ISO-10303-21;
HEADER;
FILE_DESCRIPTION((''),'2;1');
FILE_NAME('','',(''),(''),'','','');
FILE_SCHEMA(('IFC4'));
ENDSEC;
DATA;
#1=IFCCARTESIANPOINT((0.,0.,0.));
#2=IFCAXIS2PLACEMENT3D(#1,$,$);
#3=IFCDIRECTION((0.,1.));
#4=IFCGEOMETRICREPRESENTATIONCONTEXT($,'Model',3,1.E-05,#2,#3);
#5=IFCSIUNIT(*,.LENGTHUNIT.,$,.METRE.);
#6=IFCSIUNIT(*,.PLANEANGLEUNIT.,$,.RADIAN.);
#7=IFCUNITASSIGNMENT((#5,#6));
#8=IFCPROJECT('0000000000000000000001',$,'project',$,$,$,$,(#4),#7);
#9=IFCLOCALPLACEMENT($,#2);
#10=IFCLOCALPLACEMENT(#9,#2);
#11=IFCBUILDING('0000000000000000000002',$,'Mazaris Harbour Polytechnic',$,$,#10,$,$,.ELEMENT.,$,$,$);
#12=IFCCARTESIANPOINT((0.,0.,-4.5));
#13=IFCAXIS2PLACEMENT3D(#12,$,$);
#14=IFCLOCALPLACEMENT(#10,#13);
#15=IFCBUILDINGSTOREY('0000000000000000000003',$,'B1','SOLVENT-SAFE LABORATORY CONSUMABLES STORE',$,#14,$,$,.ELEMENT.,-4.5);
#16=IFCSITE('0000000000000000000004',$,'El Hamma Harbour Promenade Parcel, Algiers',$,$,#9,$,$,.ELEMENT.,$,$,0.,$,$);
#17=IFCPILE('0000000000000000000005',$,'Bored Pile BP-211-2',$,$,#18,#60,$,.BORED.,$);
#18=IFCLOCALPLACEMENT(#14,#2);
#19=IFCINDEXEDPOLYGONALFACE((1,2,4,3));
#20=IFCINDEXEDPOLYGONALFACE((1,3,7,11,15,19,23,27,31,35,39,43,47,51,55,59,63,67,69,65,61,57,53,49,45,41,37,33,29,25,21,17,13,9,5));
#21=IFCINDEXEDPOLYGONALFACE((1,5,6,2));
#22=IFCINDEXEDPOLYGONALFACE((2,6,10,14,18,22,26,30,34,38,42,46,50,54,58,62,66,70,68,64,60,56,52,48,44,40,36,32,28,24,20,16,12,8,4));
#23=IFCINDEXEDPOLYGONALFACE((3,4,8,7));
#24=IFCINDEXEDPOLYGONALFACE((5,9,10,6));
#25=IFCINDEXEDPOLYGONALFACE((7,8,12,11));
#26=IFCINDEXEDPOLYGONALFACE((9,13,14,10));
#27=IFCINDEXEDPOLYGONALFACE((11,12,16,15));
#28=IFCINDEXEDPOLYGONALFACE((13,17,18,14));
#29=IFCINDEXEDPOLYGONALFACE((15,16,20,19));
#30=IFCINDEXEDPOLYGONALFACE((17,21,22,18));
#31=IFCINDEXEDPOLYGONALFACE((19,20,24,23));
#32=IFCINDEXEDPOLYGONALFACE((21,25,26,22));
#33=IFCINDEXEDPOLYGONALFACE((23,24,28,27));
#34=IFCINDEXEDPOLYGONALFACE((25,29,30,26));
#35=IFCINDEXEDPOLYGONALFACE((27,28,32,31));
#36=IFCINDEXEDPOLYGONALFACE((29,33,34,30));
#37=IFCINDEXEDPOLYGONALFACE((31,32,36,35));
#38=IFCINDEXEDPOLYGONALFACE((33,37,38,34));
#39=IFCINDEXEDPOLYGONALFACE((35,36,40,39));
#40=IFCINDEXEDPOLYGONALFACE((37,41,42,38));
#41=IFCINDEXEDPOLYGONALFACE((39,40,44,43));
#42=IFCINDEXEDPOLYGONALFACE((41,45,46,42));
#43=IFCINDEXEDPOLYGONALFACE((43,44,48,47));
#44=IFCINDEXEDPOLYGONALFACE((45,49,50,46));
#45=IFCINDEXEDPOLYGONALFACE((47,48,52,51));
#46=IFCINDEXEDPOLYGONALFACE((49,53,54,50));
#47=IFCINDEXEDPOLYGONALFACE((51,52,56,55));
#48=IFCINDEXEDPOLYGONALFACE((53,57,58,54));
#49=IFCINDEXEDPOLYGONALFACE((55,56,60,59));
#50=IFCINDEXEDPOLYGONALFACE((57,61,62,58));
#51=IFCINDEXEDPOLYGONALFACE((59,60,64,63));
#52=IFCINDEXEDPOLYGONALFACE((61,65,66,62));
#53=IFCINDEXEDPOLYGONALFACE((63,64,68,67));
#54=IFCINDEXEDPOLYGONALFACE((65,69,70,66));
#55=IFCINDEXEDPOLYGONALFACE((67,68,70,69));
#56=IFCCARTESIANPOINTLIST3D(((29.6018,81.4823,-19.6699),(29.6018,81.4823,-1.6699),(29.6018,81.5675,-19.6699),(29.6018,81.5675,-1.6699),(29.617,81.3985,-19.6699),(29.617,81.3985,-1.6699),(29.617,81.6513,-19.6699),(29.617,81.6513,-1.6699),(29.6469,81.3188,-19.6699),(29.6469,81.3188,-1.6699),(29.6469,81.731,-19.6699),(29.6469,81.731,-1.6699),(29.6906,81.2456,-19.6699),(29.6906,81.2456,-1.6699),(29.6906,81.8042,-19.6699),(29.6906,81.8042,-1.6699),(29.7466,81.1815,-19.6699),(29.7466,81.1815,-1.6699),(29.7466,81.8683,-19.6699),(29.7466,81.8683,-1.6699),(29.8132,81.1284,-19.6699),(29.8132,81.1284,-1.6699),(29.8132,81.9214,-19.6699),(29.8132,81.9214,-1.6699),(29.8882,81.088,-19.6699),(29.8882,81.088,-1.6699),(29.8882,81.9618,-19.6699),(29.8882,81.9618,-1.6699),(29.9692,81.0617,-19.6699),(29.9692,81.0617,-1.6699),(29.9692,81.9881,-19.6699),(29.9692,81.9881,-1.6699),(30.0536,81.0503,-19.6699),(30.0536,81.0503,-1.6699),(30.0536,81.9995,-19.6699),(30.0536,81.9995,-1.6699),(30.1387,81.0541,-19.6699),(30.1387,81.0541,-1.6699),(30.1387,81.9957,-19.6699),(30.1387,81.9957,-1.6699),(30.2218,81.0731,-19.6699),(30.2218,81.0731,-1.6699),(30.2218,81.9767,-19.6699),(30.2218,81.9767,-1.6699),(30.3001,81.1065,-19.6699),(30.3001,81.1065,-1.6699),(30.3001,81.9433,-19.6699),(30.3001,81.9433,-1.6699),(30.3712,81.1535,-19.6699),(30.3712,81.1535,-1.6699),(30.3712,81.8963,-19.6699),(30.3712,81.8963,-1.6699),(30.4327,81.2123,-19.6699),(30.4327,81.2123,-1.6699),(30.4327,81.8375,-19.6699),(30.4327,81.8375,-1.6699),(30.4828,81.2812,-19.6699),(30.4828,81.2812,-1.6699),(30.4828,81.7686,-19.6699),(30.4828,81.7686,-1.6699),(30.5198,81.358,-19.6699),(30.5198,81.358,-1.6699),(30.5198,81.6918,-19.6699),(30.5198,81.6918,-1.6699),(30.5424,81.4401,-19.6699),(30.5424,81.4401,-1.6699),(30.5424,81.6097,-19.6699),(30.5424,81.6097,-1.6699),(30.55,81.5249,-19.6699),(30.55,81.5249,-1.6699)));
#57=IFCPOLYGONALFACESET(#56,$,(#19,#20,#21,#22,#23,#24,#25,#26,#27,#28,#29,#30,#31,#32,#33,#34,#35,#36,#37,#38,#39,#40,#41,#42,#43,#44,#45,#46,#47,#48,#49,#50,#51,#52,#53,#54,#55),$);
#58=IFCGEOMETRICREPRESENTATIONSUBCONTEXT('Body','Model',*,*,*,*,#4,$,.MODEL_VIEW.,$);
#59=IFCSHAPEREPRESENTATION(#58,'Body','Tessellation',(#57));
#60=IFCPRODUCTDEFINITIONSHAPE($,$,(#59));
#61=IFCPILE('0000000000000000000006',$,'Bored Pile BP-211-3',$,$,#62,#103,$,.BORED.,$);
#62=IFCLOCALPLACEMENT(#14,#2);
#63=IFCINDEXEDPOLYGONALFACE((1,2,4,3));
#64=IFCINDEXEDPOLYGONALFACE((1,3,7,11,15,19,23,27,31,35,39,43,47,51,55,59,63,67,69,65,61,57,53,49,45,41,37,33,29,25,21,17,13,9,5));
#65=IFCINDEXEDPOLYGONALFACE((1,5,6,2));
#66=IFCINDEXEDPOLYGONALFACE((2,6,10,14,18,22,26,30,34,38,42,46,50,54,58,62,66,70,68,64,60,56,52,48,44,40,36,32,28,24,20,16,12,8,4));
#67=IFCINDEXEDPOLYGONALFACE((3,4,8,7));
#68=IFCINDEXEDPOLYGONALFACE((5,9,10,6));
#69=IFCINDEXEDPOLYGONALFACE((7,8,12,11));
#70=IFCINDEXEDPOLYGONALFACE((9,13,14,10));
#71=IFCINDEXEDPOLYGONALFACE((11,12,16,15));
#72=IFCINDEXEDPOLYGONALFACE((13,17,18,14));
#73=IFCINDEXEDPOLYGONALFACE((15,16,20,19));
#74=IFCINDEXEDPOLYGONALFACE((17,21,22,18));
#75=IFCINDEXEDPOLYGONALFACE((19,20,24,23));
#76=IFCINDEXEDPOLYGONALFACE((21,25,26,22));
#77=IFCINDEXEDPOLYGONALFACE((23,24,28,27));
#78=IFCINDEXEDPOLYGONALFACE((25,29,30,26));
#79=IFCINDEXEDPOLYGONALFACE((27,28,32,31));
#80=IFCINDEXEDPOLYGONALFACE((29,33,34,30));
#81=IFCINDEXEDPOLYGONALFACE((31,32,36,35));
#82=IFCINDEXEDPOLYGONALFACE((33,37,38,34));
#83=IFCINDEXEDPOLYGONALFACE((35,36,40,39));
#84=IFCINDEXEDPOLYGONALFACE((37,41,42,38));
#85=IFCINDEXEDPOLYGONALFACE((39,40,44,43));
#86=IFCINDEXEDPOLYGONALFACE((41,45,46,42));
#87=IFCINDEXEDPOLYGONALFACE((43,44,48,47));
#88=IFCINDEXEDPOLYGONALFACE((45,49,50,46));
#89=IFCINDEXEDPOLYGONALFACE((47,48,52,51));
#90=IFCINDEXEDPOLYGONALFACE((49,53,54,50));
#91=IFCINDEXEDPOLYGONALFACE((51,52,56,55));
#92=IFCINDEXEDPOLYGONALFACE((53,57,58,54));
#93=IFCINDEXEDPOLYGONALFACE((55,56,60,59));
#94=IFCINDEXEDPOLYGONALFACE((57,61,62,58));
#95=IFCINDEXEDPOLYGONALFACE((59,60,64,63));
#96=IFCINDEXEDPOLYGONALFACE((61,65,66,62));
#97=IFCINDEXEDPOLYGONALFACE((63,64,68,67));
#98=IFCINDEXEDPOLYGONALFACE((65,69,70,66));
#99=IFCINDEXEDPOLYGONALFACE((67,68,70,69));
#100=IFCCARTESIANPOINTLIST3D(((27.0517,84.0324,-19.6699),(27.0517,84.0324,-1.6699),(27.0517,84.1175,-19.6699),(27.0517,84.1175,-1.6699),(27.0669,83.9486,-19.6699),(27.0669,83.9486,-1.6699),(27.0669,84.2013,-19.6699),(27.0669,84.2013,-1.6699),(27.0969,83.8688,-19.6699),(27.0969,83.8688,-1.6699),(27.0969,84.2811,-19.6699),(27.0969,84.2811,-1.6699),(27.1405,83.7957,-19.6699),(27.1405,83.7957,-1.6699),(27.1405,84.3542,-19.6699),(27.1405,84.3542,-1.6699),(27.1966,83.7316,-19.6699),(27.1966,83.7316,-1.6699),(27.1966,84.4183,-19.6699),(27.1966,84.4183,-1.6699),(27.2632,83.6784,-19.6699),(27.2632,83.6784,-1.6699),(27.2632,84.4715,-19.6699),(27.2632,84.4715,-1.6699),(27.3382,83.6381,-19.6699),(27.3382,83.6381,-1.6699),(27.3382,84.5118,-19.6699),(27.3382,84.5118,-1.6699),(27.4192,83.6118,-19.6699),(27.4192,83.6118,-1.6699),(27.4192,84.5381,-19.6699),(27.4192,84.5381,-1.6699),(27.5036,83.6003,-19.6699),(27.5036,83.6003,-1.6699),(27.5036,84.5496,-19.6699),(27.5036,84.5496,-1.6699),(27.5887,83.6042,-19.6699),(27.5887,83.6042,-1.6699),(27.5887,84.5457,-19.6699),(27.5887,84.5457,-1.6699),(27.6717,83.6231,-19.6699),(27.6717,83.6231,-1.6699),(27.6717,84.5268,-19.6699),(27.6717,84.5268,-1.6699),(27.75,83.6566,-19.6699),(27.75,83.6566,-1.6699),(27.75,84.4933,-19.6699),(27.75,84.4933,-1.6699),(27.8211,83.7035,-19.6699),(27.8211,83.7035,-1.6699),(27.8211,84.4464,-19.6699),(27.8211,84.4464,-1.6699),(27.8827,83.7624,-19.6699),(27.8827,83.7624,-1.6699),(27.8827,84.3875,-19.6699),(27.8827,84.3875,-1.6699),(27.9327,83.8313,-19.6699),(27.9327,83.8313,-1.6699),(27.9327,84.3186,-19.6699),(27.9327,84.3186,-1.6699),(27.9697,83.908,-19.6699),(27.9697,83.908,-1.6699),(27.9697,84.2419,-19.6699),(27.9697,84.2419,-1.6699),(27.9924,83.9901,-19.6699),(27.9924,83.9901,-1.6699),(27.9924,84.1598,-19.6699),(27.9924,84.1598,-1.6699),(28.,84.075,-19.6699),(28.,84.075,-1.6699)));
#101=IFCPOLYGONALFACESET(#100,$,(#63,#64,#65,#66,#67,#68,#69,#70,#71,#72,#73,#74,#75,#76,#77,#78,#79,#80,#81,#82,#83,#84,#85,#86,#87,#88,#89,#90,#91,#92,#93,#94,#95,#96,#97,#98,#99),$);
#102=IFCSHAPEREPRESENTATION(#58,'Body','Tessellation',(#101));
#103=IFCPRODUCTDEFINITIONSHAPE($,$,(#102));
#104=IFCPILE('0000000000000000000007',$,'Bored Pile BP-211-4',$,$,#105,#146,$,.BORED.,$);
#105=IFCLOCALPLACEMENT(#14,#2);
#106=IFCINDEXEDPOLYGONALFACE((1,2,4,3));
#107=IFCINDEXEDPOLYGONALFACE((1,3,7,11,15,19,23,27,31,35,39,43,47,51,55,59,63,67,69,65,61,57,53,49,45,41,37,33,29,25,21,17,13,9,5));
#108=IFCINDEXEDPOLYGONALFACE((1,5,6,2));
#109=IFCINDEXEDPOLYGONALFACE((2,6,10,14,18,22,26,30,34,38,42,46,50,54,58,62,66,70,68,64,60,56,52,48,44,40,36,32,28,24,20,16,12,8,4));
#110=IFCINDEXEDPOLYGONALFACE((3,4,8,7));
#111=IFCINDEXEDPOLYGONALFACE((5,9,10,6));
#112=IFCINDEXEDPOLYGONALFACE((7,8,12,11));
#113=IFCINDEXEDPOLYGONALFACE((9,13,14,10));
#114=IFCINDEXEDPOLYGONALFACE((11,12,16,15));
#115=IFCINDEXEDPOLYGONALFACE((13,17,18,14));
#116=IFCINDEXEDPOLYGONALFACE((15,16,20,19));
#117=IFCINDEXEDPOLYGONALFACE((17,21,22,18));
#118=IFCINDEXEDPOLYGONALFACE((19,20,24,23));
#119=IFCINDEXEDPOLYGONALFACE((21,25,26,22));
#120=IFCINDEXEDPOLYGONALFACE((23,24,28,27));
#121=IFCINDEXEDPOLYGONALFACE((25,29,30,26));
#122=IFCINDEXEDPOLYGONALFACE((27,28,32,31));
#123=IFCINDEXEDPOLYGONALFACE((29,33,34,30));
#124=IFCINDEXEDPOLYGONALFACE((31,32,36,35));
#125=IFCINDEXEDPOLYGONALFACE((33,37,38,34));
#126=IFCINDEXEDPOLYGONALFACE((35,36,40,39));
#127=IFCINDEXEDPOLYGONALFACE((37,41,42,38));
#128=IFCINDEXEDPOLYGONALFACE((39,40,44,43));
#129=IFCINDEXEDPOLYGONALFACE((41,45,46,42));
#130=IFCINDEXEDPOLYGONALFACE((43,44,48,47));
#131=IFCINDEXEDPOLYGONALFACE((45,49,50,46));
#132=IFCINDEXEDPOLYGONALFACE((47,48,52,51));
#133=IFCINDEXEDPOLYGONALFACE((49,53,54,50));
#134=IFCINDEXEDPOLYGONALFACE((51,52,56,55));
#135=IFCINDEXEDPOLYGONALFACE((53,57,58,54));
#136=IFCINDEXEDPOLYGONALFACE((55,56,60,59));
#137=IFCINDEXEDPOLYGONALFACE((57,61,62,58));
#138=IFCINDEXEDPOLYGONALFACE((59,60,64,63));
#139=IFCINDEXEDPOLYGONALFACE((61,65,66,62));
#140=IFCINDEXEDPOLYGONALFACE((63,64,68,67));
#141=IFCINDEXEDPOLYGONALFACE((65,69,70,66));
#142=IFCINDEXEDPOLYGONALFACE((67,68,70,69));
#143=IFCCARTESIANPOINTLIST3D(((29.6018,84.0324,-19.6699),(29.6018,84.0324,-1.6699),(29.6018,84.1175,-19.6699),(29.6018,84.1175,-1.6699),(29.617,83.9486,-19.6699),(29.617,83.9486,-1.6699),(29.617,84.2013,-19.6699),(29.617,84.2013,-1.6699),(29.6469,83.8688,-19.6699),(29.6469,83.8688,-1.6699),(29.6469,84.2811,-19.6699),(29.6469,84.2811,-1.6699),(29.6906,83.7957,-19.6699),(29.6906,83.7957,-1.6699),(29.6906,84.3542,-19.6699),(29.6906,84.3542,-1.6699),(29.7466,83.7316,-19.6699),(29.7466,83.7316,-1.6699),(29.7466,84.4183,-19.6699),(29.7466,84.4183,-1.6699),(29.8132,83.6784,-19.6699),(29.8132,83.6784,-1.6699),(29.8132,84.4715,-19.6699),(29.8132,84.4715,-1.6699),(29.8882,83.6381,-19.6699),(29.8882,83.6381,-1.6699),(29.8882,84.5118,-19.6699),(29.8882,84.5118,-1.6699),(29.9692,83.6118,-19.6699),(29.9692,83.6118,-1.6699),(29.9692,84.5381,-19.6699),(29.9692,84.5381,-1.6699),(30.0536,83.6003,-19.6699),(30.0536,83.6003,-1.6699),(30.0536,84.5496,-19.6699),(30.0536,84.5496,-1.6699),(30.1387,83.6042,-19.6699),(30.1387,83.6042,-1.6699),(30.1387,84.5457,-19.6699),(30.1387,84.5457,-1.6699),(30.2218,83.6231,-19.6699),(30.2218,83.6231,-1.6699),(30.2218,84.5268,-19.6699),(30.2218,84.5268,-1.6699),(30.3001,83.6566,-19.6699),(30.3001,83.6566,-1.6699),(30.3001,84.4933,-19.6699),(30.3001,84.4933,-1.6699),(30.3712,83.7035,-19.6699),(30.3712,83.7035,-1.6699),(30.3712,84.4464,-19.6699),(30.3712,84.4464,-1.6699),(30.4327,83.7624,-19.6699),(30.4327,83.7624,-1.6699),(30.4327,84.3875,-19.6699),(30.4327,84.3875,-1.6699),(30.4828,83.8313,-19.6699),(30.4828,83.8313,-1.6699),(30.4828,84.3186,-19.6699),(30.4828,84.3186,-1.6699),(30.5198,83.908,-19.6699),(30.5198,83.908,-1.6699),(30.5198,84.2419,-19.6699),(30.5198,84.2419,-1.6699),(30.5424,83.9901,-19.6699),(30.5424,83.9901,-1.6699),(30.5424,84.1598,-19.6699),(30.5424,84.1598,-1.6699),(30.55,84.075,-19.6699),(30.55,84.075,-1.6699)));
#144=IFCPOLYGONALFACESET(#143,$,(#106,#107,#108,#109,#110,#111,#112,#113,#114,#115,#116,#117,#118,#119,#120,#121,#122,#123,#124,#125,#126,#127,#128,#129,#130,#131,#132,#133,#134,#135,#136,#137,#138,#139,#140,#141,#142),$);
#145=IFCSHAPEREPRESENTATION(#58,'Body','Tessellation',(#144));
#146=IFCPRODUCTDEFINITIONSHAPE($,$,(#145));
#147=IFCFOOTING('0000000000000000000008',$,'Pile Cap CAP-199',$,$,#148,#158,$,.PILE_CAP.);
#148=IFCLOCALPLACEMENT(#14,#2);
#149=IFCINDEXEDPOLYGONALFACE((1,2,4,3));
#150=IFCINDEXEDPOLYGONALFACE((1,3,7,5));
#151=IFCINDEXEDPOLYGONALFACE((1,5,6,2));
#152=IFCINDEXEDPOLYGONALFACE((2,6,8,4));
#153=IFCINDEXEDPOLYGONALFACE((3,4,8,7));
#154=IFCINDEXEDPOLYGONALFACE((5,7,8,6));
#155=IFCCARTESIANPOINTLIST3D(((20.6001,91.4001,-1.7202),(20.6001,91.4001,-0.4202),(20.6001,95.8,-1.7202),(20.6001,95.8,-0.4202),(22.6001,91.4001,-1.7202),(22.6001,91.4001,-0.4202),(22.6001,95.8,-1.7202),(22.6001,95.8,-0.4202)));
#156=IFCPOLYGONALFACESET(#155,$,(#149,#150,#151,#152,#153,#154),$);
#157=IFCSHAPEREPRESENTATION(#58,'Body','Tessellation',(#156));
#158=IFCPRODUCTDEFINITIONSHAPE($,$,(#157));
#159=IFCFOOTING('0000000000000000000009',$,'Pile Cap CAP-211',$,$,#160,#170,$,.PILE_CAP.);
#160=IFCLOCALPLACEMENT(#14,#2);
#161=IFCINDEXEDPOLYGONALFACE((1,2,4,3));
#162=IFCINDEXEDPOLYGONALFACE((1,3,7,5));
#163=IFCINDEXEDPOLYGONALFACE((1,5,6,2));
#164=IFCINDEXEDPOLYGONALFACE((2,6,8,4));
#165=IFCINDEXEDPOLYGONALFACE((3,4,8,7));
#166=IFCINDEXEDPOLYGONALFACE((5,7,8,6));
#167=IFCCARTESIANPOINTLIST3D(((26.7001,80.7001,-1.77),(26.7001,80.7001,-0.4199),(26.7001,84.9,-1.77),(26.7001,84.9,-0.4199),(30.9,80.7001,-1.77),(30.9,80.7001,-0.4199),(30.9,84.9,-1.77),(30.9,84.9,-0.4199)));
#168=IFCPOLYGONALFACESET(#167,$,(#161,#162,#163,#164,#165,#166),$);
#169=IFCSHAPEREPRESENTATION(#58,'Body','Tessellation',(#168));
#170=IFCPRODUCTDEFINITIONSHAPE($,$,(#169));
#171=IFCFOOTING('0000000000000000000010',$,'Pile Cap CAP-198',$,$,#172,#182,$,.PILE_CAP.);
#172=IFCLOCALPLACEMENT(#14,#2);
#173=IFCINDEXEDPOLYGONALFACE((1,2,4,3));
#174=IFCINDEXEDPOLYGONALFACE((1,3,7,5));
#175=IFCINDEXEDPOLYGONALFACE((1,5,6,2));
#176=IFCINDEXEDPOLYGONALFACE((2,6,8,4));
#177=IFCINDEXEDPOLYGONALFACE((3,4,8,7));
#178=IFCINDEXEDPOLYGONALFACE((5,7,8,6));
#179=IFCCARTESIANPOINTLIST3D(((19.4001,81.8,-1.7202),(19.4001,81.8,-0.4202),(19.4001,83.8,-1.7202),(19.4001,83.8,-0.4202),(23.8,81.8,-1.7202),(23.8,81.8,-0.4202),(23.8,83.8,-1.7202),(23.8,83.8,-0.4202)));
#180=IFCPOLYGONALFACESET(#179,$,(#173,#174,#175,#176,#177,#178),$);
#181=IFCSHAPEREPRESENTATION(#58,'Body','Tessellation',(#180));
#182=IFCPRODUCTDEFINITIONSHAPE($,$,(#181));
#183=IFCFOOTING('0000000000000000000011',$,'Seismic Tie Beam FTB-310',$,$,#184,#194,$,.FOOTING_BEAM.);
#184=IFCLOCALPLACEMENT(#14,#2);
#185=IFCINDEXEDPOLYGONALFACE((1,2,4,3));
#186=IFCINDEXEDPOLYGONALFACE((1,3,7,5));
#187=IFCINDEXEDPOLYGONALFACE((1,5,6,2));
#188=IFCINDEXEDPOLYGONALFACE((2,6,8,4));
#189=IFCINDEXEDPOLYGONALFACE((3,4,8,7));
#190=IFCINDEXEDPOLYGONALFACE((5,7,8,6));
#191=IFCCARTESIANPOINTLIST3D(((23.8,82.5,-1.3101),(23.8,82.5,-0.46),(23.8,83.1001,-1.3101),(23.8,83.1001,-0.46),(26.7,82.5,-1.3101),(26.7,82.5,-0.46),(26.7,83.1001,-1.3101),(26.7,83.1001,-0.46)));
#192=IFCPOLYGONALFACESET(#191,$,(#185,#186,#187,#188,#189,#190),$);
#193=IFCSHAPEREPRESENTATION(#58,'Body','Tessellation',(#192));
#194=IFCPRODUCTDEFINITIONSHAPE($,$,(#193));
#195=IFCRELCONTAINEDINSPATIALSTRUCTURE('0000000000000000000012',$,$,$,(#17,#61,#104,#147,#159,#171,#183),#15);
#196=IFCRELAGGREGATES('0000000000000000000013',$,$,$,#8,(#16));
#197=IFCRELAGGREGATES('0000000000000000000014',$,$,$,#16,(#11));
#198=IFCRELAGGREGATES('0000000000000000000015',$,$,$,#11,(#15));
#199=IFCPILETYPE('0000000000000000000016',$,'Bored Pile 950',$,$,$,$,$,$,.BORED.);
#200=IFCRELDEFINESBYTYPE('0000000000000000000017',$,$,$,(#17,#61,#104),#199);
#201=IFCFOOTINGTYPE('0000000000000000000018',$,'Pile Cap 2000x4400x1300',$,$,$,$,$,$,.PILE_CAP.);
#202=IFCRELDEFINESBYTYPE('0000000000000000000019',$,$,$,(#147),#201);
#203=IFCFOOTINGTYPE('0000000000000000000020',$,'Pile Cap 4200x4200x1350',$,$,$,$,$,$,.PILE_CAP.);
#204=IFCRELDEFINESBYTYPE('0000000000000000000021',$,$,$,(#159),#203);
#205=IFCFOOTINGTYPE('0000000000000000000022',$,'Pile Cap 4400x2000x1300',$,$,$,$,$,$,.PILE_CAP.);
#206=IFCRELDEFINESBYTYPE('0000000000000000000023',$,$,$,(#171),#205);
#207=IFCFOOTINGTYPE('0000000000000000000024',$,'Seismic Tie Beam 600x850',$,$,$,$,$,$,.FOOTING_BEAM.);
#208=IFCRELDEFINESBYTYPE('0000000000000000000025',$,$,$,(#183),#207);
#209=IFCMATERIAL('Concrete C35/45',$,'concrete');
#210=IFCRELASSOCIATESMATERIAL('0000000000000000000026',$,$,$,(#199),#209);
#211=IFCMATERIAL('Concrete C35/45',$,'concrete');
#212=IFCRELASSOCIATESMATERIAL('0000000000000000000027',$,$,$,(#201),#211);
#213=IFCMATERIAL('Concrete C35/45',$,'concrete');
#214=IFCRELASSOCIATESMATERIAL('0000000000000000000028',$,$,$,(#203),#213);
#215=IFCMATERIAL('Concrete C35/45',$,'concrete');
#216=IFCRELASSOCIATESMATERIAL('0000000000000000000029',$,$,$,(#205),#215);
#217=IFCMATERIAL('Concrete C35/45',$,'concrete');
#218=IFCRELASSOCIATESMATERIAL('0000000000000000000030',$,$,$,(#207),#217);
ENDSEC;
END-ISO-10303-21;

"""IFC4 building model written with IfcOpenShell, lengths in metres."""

from ifc_helpers import new_model, si_unit, direction, frame, origin, origin_2d, place, context, subcontext, project, spatial, rectangle, circle, extrude, material, material_profile, profile_set, type_object, element, save


model = new_model("IFC4")

# Units and contexts
model_context = context("Model", 3, precision=1e-05, world=origin(), true_north=direction((0.0, 1.0)))
body_context = subcontext(model_context, "Body", "Model", "MODEL_VIEW")
ifc_project = project(units=[si_unit("LENGTHUNIT", "METRE"), si_unit("PLANEANGLEUNIT", "RADIAN")], contexts=[model_context])

# Site, building, storey
site_placement = place(None, origin())
site = spatial("IfcSite", under=ifc_project, at=site_placement, Name="El Hamma Harbour Promenade Parcel, Algiers", CompositionType="ELEMENT", RefElevation=0.0)
building_placement = place(site_placement, origin())
building = spatial("IfcBuilding", under=site, at=building_placement, Name="Mazaris Harbour Polytechnic", CompositionType="ELEMENT")
storey_placement = place(building_placement, frame((0.0, 0.0, -4.5)))
storey = spatial("IfcBuildingStorey", under=building, at=storey_placement, Name="B1", Description="SOLVENT-SAFE LABORATORY CONSUMABLES STORE", CompositionType="ELEMENT", Elevation=-4.5)

# Piles
ifc_material_1 = material(Name="Concrete C35/45", Category="concrete")
ifc_material_profile_1 = material_profile(ifc_material_1, circle(Radius=0.4751, at=origin_2d()), Name="DIA950")
ifc_profile_set_1 = profile_set([ifc_material_profile_1], Name="Concrete C35/45")
pile_type_1 = type_object("IfcPileType", Name="Bored Pile 950", PredefinedType="BORED", material=ifc_profile_set_1)
for number, where, z_axis, x_axis, name in (
    (1, (30.075, 81.5249, -1.6699), (0.0, 0.0, -1.0), (1.0, 0.0, 0.0), "Bored Pile BP-211-2"),
    (2, (27.5249, 84.075, -1.6699), (0.0, 0.0, -1.0), (1.0, 0.0, 0.0), "Bored Pile BP-211-3"),
    (3, (30.075, 84.075, -1.6699), (0.0, 0.0, -1.0), (1.0, 0.0, 0.0), "Bored Pile BP-211-4"),
):
    element("IfcPile", number, at=place(storey_placement, frame(where, z_axis=z_axis, x_axis=x_axis)), inside=storey, type_object=pile_type_1, Name=name, PredefinedType="BORED", context=body_context, shape_type="SweptSolid", body=[
        extrude(circle(Radius=0.4751, at=origin_2d()), origin(), (0.0, 0.0, 1.0), 18.0),
    ])

# Footings
ifc_material_2 = material(Name="Concrete C35/45", Category="concrete")
footing_type_1 = type_object("IfcFootingType", Name="Pile Cap 2000x4400x1300", PredefinedType="PILE_CAP", material=ifc_material_2)
footing_1_placement = place(storey_placement, frame((21.6001, 93.6001, -1.7202), z_axis=(0.0, 0.0, 1.0), x_axis=(1.0, 0.0, 0.0)))
element("IfcFooting", 4, at=footing_1_placement, inside=storey, type_object=footing_type_1, Name="Pile Cap CAP-199", PredefinedType="PILE_CAP", context=body_context, shape_type="SweptSolid", body=[
    extrude(rectangle(XDim=2.0, YDim=4.3999, at=origin_2d()), origin(), (0.0, 0.0, 1.0), 1.3),
])
ifc_material_3 = material(Name="Concrete C35/45", Category="concrete")
footing_type_2 = type_object("IfcFootingType", Name="Pile Cap 4200x4200x1350", PredefinedType="PILE_CAP", material=ifc_material_3)
footing_2_placement = place(storey_placement, frame((28.8, 82.8, -1.77), z_axis=(0.0, 0.0, 1.0), x_axis=(1.0, 0.0, 0.0)))
element("IfcFooting", 5, at=footing_2_placement, inside=storey, type_object=footing_type_2, Name="Pile Cap CAP-211", PredefinedType="PILE_CAP", context=body_context, shape_type="SweptSolid", body=[
    extrude(rectangle(XDim=4.2, YDim=4.2, at=origin_2d()), origin(), (0.0, 0.0, 1.0), 1.3501),
])
ifc_material_4 = material(Name="Concrete C35/45", Category="concrete")
footing_type_3 = type_object("IfcFootingType", Name="Pile Cap 4400x2000x1300", PredefinedType="PILE_CAP", material=ifc_material_4)
footing_3_placement = place(storey_placement, frame((21.6001, 82.8, -1.7202), z_axis=(0.0, 0.0, 1.0), x_axis=(1.0, 0.0, 0.0)))
element("IfcFooting", 6, at=footing_3_placement, inside=storey, type_object=footing_type_3, Name="Pile Cap CAP-198", PredefinedType="PILE_CAP", context=body_context, shape_type="SweptSolid", body=[
    extrude(rectangle(XDim=4.3999, YDim=2.0, at=origin_2d()), origin(), (0.0, 0.0, 1.0), 1.3),
])
ifc_material_5 = material(Name="Concrete C35/45", Category="concrete")
ifc_material_profile_2 = material_profile(ifc_material_5, rectangle(XDim=0.6001, YDim=0.8501, at=origin_2d()), Name="RECT600x850")
ifc_profile_set_2 = profile_set([ifc_material_profile_2], Name="Concrete C35/45")
footing_type_4 = type_object("IfcFootingType", Name="Seismic Tie Beam 600x850", PredefinedType="FOOTING_BEAM", material=ifc_profile_set_2)
footing_4_placement = place(storey_placement, frame((23.8, 82.8, -0.885), z_axis=(1.0, 0.0, 0.0), x_axis=(0.0, 1.0, 0.0)))
element("IfcFooting", 7, at=footing_4_placement, inside=storey, type_object=footing_type_4, Name="Seismic Tie Beam FTB-310", PredefinedType="FOOTING_BEAM", context=body_context, shape_type="SweptSolid", body=[
    extrude(rectangle(XDim=0.6001, YDim=0.8501, at=origin_2d()), origin(), (0.0, 0.0, 1.0), 2.8999),
])

save(model, "model.ifc")
